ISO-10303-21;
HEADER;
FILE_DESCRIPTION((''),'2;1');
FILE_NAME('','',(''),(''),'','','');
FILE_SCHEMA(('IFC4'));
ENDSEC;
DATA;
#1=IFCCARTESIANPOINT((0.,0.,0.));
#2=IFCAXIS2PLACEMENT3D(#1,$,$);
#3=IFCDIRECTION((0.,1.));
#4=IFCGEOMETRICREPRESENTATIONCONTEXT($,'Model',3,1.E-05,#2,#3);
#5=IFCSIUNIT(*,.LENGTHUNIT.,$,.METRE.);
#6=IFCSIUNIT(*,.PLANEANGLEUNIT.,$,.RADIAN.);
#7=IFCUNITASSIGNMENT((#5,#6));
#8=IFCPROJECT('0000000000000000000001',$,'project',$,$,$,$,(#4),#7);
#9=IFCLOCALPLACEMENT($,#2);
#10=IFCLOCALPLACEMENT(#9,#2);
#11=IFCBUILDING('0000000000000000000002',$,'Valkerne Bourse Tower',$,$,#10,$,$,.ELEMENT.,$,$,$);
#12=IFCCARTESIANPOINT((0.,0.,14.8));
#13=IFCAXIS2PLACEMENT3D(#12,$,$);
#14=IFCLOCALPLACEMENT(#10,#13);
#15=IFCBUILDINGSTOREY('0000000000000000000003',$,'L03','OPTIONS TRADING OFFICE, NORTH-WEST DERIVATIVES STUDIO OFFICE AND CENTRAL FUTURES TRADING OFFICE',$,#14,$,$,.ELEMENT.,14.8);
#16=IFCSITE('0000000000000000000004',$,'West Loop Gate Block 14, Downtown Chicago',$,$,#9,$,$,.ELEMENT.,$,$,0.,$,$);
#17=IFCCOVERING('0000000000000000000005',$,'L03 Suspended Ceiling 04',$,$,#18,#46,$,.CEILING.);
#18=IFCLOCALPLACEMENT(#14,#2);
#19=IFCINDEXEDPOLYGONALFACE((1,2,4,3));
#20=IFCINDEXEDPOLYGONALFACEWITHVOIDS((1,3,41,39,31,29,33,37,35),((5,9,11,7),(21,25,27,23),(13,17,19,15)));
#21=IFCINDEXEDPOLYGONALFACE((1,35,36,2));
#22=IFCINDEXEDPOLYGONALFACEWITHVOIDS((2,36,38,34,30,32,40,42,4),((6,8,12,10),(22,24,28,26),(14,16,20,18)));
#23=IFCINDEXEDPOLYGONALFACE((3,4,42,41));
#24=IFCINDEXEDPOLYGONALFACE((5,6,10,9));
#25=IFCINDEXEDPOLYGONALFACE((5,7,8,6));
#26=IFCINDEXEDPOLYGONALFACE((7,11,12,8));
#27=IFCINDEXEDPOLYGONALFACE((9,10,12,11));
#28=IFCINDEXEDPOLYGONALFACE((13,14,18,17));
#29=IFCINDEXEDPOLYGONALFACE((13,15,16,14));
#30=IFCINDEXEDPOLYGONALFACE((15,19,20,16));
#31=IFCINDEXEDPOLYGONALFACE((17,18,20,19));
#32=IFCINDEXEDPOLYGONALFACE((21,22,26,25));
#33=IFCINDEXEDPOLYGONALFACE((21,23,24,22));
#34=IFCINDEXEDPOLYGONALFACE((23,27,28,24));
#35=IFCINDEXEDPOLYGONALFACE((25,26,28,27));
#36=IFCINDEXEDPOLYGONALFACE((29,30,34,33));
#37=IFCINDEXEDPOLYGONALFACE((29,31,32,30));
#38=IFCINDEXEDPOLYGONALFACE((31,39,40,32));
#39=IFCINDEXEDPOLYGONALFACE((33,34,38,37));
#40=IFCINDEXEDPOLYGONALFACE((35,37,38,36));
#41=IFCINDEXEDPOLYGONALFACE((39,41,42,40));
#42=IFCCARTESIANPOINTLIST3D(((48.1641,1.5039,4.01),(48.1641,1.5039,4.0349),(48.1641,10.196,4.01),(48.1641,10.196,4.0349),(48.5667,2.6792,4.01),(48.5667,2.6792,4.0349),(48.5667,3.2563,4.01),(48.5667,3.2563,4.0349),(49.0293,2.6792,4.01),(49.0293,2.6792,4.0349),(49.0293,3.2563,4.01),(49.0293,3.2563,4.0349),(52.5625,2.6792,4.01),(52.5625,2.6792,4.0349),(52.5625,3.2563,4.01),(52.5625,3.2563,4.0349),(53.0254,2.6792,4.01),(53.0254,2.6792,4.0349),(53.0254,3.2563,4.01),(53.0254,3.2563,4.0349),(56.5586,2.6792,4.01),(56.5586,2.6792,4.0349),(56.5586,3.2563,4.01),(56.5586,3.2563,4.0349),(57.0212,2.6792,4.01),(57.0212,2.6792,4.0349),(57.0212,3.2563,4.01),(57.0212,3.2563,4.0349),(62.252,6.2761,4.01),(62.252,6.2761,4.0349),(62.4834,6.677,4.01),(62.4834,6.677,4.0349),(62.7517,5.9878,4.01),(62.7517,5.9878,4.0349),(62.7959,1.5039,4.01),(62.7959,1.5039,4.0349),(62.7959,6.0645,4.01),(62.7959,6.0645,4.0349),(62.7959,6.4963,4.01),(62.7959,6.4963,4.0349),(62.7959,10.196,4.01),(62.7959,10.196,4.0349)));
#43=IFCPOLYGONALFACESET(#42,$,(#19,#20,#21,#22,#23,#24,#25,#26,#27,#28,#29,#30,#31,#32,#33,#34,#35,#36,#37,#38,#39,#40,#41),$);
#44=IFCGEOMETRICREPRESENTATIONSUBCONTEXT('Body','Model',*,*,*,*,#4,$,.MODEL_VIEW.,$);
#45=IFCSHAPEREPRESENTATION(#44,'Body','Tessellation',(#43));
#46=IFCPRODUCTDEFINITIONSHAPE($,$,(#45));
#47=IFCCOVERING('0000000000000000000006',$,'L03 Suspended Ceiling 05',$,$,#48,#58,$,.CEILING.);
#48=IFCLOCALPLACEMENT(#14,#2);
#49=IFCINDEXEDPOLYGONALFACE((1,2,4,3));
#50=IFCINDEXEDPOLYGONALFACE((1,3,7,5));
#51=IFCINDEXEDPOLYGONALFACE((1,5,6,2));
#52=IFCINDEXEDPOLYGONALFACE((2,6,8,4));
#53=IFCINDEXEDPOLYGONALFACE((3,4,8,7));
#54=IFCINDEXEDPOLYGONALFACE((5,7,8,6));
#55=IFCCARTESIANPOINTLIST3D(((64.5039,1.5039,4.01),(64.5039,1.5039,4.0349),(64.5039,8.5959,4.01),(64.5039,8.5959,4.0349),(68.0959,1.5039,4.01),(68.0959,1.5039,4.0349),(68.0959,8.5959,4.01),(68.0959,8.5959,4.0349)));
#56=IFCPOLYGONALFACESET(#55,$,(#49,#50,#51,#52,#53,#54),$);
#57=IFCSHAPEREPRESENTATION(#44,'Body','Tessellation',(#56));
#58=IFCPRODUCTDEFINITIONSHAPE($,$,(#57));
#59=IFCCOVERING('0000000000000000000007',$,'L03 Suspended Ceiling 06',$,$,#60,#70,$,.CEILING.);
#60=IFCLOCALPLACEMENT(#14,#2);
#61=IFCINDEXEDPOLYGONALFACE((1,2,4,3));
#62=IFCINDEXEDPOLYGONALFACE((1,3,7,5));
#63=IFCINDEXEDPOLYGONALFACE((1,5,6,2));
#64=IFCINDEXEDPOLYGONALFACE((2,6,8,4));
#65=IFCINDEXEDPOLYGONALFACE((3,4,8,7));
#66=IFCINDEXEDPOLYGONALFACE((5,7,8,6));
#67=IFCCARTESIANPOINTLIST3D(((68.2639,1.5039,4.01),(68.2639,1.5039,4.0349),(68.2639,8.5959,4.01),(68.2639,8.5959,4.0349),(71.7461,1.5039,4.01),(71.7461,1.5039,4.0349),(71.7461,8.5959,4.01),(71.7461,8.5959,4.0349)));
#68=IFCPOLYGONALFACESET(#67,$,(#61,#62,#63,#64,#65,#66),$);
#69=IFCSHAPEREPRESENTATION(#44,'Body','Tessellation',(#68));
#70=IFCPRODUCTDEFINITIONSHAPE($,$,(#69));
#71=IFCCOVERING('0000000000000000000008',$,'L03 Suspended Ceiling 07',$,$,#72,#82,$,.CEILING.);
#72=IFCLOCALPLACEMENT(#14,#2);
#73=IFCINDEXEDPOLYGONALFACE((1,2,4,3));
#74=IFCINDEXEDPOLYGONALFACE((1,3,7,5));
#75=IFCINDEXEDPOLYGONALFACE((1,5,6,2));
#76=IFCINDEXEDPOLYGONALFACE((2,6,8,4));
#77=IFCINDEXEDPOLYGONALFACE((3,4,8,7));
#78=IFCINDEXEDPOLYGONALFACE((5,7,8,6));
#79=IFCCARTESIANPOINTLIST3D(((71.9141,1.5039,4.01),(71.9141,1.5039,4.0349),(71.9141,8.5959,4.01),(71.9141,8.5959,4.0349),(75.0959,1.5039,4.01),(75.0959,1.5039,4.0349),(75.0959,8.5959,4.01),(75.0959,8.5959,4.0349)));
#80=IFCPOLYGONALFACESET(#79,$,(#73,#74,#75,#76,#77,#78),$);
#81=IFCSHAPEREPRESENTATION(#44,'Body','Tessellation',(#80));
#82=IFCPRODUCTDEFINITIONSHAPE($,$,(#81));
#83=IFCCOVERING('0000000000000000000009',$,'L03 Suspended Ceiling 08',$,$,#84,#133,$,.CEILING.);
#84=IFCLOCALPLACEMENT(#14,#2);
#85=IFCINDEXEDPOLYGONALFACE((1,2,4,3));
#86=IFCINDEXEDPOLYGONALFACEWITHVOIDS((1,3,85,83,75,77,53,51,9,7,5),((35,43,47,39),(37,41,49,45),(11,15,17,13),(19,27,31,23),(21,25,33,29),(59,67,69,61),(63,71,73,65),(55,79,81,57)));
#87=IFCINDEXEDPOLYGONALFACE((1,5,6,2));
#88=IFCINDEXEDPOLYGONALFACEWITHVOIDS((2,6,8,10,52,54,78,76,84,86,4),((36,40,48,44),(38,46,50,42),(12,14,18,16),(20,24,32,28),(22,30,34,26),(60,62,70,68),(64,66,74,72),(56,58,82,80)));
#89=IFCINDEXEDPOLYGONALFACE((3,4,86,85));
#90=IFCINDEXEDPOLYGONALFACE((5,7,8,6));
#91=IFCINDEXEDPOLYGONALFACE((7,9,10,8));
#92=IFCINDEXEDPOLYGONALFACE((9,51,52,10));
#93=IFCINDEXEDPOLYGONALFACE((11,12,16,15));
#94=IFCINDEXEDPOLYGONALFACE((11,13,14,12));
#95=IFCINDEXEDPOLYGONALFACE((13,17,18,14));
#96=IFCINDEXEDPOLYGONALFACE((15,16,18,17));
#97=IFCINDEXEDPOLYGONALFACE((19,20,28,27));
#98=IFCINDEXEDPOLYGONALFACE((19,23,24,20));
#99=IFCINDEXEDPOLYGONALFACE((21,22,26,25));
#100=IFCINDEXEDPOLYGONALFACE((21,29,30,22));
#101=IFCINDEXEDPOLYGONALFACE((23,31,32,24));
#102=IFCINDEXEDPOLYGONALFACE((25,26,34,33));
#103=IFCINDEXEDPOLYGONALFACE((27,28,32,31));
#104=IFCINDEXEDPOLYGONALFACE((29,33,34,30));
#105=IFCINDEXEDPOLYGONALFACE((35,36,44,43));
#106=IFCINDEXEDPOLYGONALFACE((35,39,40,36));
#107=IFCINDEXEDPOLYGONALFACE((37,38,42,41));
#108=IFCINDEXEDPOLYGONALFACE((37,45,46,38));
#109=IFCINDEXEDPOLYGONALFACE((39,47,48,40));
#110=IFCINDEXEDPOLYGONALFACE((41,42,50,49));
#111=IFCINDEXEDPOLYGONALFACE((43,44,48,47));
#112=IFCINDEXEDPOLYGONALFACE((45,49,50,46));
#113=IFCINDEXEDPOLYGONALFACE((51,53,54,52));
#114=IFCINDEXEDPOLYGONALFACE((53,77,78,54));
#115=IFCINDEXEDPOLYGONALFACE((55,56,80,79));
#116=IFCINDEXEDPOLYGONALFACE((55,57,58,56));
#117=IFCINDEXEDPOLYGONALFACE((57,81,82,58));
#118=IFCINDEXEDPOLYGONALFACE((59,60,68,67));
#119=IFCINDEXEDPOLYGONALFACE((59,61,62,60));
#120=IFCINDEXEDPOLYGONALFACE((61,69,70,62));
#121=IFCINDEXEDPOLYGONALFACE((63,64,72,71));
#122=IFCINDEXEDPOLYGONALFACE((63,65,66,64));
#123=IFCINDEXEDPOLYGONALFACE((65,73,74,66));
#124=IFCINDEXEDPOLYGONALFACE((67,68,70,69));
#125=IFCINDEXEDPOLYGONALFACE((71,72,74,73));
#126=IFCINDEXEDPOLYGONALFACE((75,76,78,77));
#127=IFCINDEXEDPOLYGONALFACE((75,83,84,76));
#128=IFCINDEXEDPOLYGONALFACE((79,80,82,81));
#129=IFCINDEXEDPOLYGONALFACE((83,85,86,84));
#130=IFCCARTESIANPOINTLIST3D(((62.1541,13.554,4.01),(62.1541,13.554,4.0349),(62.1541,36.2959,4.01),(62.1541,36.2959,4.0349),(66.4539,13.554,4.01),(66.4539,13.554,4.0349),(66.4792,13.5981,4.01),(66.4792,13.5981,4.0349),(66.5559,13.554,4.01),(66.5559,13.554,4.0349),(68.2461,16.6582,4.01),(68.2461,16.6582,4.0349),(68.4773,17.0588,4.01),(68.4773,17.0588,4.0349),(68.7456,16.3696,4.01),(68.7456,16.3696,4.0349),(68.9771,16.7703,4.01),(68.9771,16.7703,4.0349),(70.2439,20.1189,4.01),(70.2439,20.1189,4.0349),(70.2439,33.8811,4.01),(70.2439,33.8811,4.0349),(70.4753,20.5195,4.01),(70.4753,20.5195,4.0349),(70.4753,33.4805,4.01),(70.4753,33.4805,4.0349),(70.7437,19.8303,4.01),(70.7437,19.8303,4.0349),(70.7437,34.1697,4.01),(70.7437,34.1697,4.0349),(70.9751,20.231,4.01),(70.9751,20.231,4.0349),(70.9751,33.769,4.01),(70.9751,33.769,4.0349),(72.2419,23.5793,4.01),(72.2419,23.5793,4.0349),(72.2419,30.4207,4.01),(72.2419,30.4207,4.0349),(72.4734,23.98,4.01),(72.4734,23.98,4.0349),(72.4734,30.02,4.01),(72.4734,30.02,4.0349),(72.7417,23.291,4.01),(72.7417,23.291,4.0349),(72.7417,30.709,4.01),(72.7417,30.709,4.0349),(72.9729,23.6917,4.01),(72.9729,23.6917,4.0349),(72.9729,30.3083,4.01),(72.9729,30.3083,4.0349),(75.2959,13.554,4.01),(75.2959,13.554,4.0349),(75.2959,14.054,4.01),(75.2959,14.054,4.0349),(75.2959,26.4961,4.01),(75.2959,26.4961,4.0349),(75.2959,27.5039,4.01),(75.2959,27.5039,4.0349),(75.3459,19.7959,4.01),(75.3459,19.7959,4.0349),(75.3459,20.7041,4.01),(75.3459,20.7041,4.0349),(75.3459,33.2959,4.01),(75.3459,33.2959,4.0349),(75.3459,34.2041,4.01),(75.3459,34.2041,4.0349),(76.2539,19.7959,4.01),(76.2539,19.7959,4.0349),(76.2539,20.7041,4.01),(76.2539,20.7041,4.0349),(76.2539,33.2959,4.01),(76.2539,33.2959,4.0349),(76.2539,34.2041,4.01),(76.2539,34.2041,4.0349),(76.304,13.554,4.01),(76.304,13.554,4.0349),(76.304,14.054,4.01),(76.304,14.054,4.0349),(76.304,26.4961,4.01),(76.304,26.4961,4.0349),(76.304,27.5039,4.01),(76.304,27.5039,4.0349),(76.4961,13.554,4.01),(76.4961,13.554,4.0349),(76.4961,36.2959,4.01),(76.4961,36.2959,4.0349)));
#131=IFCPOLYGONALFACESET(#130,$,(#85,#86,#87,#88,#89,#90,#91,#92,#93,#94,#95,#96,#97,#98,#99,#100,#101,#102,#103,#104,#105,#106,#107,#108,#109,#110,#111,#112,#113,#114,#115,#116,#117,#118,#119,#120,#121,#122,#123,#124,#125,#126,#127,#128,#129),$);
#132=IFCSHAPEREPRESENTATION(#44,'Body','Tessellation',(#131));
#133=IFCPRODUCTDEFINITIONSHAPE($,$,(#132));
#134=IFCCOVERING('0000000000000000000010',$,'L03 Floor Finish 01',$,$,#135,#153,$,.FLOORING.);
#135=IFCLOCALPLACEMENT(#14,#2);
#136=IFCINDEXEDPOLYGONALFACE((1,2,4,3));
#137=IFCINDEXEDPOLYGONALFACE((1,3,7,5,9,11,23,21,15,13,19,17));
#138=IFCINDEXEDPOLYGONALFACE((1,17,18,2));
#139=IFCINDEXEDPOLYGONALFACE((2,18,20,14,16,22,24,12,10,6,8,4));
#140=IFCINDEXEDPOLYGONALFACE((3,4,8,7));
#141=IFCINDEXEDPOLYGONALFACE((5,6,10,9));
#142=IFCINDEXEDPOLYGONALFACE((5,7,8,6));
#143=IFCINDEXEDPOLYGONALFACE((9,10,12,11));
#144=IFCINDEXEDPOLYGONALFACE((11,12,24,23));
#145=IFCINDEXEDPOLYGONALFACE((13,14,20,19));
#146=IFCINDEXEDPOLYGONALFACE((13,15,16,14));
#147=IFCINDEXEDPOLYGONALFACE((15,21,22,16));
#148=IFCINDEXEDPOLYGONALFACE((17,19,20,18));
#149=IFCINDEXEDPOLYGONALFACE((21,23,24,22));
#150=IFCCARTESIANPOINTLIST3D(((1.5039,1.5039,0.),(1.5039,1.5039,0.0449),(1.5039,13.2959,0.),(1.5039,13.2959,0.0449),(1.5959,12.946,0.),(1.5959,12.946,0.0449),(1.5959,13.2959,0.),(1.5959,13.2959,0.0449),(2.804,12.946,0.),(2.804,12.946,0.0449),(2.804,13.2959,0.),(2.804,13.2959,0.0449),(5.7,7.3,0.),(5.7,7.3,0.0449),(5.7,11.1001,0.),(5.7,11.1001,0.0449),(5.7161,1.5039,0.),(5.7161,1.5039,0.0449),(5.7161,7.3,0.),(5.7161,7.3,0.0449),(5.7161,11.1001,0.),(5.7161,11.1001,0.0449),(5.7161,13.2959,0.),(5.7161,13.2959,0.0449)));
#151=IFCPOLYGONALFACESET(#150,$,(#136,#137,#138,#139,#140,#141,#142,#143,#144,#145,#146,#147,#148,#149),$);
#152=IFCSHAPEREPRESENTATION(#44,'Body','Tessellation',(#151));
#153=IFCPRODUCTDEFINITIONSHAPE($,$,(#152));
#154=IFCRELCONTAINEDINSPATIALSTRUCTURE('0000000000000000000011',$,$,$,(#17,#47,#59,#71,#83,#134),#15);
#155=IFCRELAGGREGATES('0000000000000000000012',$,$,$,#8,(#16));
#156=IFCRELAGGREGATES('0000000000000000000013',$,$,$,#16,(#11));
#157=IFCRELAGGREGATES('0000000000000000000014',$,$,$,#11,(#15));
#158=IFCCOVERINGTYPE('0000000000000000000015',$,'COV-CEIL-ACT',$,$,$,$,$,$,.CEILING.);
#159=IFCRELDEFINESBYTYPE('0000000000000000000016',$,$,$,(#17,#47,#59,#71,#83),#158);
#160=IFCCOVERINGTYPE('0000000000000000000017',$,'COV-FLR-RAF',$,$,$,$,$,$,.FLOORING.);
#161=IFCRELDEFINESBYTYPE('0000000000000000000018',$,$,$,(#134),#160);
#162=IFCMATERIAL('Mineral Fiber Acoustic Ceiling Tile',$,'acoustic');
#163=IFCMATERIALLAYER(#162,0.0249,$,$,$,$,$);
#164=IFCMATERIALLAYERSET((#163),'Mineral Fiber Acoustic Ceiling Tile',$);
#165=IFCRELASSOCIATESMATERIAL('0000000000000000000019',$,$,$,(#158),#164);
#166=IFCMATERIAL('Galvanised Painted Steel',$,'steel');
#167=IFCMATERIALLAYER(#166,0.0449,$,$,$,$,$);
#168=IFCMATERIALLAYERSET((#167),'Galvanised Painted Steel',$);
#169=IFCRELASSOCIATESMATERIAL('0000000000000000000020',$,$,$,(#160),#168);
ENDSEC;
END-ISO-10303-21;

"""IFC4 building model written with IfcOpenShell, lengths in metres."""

from ifc_helpers import new_model, si_unit, direction, frame, origin, place, context, subcontext, project, spatial, polyline, outline, extrude, material, layer, layer_set, type_object, element, save


model = new_model("IFC4")

# Units and contexts
model_context = context("Model", 3, precision=1e-05, world=origin(), true_north=direction((0.0, 1.0)))
body_context = subcontext(model_context, "Body", "Model", "MODEL_VIEW")
ifc_project = project(units=[si_unit("LENGTHUNIT", "METRE"), si_unit("PLANEANGLEUNIT", "RADIAN")], contexts=[model_context])

# Site, building, storey
site_placement = place(None, origin())
site = spatial("IfcSite", under=ifc_project, at=site_placement, Name="West Loop Gate Block 14, Downtown Chicago", CompositionType="ELEMENT", RefElevation=0.0)
building_placement = place(site_placement, origin())
building = spatial("IfcBuilding", under=site, at=building_placement, Name="Valkerne Bourse Tower", CompositionType="ELEMENT")
storey_placement = place(building_placement, frame((0.0, 0.0, 14.8)))
storey = spatial("IfcBuildingStorey", under=building, at=storey_placement, Name="L03", Description="OPTIONS TRADING OFFICE, NORTH-WEST DERIVATIVES STUDIO OFFICE AND CENTRAL FUTURES TRADING OFFICE", CompositionType="ELEMENT", Elevation=14.8)

# Coverings
ifc_material_1 = material(Name="Mineral Fiber Acoustic Ceiling Tile", Category="acoustic")
ifc_layer_1 = layer(ifc_material_1, 0.0249)
ifc_layer_set_1 = layer_set([ifc_layer_1], Name="Mineral Fiber Acoustic Ceiling Tile")
covering_type_1 = type_object("IfcCoveringType", Name="COV-CEIL-ACT", PredefinedType="CEILING", material=ifc_layer_set_1)
covering_1_placement = place(storey_placement, frame((0.0, 0.0, 4.01)))
element("IfcCovering", 1, at=covering_1_placement, inside=storey, type_object=covering_type_1, Name="L03 Suspended Ceiling 04", PredefinedType="CEILING", context=body_context, shape_type="SweptSolid", body=[
    extrude(outline(polyline([(48.1641, 10.196), (62.7959, 10.196), (62.7959, 6.4963), (62.4834, 6.677), (62.252, 6.2761), (62.7517, 5.9878), (62.7959, 6.0645), (62.7959, 1.5039), (48.1641, 1.5039), (48.1641, 10.196)]), holes=[polyline([(48.5667, 3.2563), (48.5667, 2.6792), (49.0293, 2.6792), (49.0293, 3.2563), (48.5667, 3.2563)]), polyline([(52.5625, 3.2563), (52.5625, 2.6792), (53.0254, 2.6792), (53.0254, 3.2563), (52.5625, 3.2563)]), polyline([(57.0212, 3.2563), (56.5586, 3.2563), (56.5586, 2.6792), (57.0212, 2.6792), (57.0212, 3.2563)])]), origin(), (0.0, 0.0, 1.0), 0.0249),
])
covering_2_placement = place(storey_placement, frame((0.0, 0.0, 4.01)))
element("IfcCovering", 2, at=covering_2_placement, inside=storey, type_object=covering_type_1, Name="L03 Suspended Ceiling 05", PredefinedType="CEILING", context=body_context, shape_type="SweptSolid", body=[
    extrude(outline(polyline([(64.5039, 8.5959), (68.0959, 8.5959), (68.0959, 1.5039), (64.5039, 1.5039), (64.5039, 8.5959)])), origin(), (0.0, 0.0, 1.0), 0.0249),
])
covering_3_placement = place(storey_placement, frame((0.0, 0.0, 4.01)))
element("IfcCovering", 3, at=covering_3_placement, inside=storey, type_object=covering_type_1, Name="L03 Suspended Ceiling 06", PredefinedType="CEILING", context=body_context, shape_type="SweptSolid", body=[
    extrude(outline(polyline([(68.2639, 8.5959), (71.7461, 8.5959), (71.7461, 1.5039), (68.2639, 1.5039), (68.2639, 8.5959)])), origin(), (0.0, 0.0, 1.0), 0.0249),
])
covering_4_placement = place(storey_placement, frame((0.0, 0.0, 4.01)))
element("IfcCovering", 4, at=covering_4_placement, inside=storey, type_object=covering_type_1, Name="L03 Suspended Ceiling 07", PredefinedType="CEILING", context=body_context, shape_type="SweptSolid", body=[
    extrude(outline(polyline([(71.9141, 8.5959), (75.0959, 8.5959), (75.0959, 1.5039), (71.9141, 1.5039), (71.9141, 8.5959)])), origin(), (0.0, 0.0, 1.0), 0.0249),
])
covering_5_placement = place(storey_placement, frame((0.0, 0.0, 4.01)))
element("IfcCovering", 5, at=covering_5_placement, inside=storey, type_object=covering_type_1, Name="L03 Suspended Ceiling 08", PredefinedType="CEILING", context=body_context, shape_type="SweptSolid", body=[
    extrude(outline(polyline([(62.1541, 36.2959), (76.4961, 36.2959), (76.4961, 13.554), (76.304, 13.554), (76.304, 14.054), (75.2959, 14.054), (75.2959, 13.554), (66.5559, 13.554), (66.4792, 13.5981), (66.4539, 13.554), (62.1541, 13.554), (62.1541, 36.2959)]), holes=[polyline([(68.2461, 16.6582), (68.7456, 16.3696), (68.9771, 16.7703), (68.4773, 17.0588), (68.2461, 16.6582)]), polyline([(70.4753, 20.5195), (70.2439, 20.1189), (70.7437, 19.8303), (70.9751, 20.231), (70.4753, 20.5195)]), polyline([(76.2539, 20.7041), (75.3459, 20.7041), (75.3459, 19.7959), (76.2539, 19.7959), (76.2539, 20.7041)]), polyline([(72.4734, 23.98), (72.2419, 23.5793), (72.7417, 23.291), (72.9729, 23.6917), (72.4734, 23.98)]), polyline([(76.304, 27.5039), (75.2959, 27.5039), (75.2959, 26.4961), (76.304, 26.4961), (76.304, 27.5039)]), polyline([(72.7417, 30.709), (72.2419, 30.4207), (72.4734, 30.02), (72.9729, 30.3083), (72.7417, 30.709)]), polyline([(76.2539, 34.2041), (75.3459, 34.2041), (75.3459, 33.2959), (76.2539, 33.2959), (76.2539, 34.2041)]), polyline([(70.2439, 33.8811), (70.4753, 33.4805), (70.9751, 33.769), (70.7437, 34.1697), (70.2439, 33.8811)])]), origin(), (0.0, 0.0, 1.0), 0.0249),
])
ifc_material_2 = material(Name="Galvanised Painted Steel", Category="steel")
ifc_layer_2 = layer(ifc_material_2, 0.0449)
ifc_layer_set_2 = layer_set([ifc_layer_2], Name="Galvanised Painted Steel")
covering_type_2 = type_object("IfcCoveringType", Name="COV-FLR-RAF", PredefinedType="FLOORING", material=ifc_layer_set_2)
covering_6_placement = place(storey_placement, origin())
element("IfcCovering", 6, at=covering_6_placement, inside=storey, type_object=covering_type_2, Name="L03 Floor Finish 01", PredefinedType="FLOORING", context=body_context, shape_type="SweptSolid", body=[
    extrude(outline(polyline([(1.5039, 13.2959), (1.5959, 13.2959), (1.5959, 12.946), (2.804, 12.946), (2.804, 13.2959), (5.7161, 13.2959), (5.7161, 11.1001), (5.7, 11.1001), (5.7, 7.3), (5.7161, 7.3), (5.7161, 1.5039), (1.5039, 1.5039), (1.5039, 13.2959)])), origin(), (0.0, 0.0, 1.0), 0.0449),
])

save(model, "model.ifc")
